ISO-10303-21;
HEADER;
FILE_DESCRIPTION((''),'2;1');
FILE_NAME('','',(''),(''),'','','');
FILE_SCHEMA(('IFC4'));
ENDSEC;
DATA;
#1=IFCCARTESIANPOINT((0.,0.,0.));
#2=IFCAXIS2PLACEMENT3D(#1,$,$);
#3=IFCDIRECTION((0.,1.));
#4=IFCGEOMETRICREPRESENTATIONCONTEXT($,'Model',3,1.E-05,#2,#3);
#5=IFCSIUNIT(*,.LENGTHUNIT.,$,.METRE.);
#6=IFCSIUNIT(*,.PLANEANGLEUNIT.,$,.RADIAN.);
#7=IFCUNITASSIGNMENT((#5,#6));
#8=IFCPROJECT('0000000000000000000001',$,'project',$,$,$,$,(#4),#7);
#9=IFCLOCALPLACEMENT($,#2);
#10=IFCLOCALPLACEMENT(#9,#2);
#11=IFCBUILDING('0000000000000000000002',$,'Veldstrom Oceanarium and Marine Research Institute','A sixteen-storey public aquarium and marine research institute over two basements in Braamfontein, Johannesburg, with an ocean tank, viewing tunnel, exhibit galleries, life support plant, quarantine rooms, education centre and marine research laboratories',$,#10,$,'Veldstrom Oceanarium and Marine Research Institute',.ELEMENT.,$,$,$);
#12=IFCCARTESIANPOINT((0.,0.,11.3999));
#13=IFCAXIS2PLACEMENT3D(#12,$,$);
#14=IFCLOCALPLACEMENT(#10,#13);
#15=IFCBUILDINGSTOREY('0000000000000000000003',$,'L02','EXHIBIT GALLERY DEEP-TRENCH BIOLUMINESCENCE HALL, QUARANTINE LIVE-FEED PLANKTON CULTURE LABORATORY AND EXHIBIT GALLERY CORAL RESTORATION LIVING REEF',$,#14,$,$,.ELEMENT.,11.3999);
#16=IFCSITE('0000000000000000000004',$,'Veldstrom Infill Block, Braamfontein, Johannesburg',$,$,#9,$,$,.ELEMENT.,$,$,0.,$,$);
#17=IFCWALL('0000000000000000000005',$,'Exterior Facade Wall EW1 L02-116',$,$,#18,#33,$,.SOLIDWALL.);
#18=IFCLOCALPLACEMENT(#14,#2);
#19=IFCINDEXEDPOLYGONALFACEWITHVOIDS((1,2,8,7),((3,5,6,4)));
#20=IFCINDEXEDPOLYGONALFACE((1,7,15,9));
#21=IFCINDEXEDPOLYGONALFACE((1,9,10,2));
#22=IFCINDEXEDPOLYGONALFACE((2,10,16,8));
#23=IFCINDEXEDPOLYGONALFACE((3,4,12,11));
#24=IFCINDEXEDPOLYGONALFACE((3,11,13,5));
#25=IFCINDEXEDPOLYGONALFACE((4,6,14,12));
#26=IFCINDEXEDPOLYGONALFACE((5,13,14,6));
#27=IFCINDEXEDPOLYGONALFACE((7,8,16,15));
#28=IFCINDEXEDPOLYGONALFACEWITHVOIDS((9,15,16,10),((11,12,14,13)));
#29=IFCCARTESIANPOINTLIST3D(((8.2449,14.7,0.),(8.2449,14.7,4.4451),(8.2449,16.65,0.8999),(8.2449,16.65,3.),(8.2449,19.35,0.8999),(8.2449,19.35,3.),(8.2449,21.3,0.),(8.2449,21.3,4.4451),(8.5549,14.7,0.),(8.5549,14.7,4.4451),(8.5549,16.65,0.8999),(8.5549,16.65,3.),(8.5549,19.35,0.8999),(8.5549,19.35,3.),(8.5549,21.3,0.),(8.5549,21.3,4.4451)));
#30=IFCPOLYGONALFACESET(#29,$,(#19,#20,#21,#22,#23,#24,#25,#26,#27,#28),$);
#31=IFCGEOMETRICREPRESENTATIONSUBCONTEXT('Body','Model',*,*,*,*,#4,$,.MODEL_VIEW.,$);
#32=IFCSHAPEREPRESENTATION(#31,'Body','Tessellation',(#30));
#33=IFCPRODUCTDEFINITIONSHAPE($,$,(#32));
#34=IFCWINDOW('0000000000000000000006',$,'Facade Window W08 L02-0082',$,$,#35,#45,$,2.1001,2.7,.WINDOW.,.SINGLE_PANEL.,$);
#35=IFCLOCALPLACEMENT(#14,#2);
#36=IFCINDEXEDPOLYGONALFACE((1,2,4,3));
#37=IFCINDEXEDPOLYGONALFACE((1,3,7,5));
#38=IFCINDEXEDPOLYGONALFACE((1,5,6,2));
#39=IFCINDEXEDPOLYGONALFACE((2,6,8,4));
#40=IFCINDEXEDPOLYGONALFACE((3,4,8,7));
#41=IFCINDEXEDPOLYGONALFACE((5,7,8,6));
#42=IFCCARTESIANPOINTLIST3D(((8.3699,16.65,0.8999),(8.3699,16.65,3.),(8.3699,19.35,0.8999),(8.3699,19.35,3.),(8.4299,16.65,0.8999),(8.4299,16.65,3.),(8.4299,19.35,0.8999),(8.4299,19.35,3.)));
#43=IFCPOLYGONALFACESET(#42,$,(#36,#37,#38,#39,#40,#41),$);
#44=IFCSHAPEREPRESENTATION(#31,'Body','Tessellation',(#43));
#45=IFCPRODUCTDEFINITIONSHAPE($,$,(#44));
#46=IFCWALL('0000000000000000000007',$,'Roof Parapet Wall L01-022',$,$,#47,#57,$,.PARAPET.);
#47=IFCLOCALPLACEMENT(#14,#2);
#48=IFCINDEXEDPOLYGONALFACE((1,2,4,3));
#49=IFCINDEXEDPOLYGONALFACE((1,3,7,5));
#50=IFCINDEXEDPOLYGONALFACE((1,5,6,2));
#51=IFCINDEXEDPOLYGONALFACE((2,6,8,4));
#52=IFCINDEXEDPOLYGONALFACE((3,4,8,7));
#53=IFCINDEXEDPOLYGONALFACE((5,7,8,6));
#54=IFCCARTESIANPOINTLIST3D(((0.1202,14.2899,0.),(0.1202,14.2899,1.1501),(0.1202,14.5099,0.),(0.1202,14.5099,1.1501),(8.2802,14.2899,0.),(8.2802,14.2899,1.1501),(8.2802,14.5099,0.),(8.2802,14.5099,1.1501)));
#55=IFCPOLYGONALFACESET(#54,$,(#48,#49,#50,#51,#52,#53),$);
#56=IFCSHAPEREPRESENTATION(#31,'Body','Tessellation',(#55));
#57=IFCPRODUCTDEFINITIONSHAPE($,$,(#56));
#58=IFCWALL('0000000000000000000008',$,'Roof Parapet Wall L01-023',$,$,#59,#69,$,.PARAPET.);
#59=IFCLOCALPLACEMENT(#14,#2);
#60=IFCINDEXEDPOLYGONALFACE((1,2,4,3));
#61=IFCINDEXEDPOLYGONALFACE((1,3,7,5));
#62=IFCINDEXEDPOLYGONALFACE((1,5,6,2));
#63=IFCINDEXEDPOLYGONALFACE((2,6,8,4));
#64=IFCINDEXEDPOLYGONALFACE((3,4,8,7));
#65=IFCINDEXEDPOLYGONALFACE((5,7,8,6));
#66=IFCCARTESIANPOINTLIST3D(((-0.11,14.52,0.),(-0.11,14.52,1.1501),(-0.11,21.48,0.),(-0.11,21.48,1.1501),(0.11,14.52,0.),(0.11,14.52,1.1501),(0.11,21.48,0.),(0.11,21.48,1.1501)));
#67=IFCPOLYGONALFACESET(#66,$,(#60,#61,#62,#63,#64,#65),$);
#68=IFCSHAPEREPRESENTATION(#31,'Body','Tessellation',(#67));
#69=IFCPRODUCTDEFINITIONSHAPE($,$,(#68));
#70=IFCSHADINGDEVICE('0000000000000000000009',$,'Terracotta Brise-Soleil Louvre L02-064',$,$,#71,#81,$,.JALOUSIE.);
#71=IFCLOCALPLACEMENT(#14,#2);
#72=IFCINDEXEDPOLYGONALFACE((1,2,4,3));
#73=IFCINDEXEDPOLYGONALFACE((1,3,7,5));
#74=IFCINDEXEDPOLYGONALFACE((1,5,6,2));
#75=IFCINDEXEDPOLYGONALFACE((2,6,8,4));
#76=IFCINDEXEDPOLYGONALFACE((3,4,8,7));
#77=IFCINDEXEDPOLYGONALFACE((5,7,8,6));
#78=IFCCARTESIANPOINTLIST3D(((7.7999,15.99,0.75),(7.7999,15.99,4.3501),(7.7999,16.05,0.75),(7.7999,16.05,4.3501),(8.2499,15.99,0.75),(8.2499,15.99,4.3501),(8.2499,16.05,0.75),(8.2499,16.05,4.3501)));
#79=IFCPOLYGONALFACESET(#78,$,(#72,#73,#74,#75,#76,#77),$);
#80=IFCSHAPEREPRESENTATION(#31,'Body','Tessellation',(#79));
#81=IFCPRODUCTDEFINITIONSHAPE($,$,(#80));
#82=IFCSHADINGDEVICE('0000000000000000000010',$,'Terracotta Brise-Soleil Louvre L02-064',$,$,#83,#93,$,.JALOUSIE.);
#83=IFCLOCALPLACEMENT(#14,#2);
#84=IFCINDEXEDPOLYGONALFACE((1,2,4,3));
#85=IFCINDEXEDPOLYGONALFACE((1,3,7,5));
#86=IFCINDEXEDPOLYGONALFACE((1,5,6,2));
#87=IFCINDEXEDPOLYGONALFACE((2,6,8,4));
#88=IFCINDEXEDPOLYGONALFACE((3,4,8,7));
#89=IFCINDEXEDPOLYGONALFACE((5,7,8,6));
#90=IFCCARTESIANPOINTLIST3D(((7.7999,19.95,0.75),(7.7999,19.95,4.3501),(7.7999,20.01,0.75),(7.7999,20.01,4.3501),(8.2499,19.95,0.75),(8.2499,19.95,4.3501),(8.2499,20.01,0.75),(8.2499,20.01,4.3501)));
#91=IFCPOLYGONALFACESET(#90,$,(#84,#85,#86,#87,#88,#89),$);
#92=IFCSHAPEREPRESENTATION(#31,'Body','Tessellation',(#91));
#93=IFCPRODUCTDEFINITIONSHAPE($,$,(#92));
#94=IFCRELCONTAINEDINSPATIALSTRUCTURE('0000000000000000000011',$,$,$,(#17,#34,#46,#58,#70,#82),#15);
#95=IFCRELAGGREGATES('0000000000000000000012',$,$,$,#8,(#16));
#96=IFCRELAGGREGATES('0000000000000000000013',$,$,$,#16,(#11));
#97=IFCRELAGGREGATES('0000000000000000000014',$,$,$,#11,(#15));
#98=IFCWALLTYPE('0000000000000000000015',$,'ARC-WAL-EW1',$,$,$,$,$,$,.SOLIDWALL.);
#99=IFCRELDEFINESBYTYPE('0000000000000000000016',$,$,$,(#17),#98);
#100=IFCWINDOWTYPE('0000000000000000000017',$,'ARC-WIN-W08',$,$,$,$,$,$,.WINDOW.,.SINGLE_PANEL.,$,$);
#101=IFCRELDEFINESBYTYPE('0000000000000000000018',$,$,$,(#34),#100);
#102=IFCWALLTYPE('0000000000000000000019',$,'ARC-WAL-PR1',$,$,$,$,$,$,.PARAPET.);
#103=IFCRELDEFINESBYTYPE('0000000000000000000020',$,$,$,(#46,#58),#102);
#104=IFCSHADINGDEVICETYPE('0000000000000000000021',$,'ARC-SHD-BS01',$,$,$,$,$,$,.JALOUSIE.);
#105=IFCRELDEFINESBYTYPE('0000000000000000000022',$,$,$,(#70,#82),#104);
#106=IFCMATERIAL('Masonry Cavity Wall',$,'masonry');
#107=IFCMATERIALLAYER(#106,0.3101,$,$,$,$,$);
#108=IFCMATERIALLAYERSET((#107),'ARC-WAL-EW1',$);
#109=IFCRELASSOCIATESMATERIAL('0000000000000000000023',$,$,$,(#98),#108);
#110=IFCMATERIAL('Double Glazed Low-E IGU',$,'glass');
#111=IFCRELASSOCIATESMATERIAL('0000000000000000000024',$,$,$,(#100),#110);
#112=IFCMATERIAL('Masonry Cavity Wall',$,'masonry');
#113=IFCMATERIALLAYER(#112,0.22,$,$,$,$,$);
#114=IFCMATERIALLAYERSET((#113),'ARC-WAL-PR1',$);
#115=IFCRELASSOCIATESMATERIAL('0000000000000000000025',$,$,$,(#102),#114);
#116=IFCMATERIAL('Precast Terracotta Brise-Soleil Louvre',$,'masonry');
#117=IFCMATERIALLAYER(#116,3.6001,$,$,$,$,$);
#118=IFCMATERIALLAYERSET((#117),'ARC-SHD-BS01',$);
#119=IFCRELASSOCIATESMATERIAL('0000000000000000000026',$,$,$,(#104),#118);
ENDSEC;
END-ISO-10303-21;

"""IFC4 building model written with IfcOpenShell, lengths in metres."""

from ifc_helpers import new_model, si_unit, direction, frame, frame_2d, origin, origin_2d, place, context, subcontext, project, spatial, rectangle, extrude, material, layer, layer_set, type_object, element, fill, save


model = new_model("IFC4")

# Units and contexts
model_context = context("Model", 3, precision=1e-05, world=origin(), true_north=direction((0.0, 1.0)))
body_context = subcontext(model_context, "Body", "Model", "MODEL_VIEW")
ifc_project = project(units=[si_unit("LENGTHUNIT", "METRE"), si_unit("PLANEANGLEUNIT", "RADIAN")], contexts=[model_context])

# Site, building, storey
site_placement = place(None, origin())
site = spatial("IfcSite", under=ifc_project, at=site_placement, Name="Veldstrom Infill Block, Braamfontein, Johannesburg", CompositionType="ELEMENT", RefElevation=0.0)
building_placement = place(site_placement, origin())
building = spatial("IfcBuilding", under=site, at=building_placement, Name="Veldstrom Oceanarium and Marine Research Institute", Description="A sixteen-storey public aquarium and marine research institute over two basements in Braamfontein, Johannesburg, with an ocean tank, viewing tunnel, exhibit galleries, life support plant, quarantine rooms, education centre and marine research laboratories", LongName="Veldstrom Oceanarium and Marine Research Institute", CompositionType="ELEMENT")
storey_placement = place(building_placement, frame((0.0, 0.0, 11.3999)))
storey = spatial("IfcBuildingStorey", under=building, at=storey_placement, Name="L02", Description="EXHIBIT GALLERY DEEP-TRENCH BIOLUMINESCENCE HALL, QUARANTINE LIVE-FEED PLANKTON CULTURE LABORATORY AND EXHIBIT GALLERY CORAL RESTORATION LIVING REEF", CompositionType="ELEMENT", Elevation=11.3999)

# Wall, opening, window
ifc_material_1 = material(Name="Masonry Cavity Wall", Category="masonry")
ifc_layer_1 = layer(ifc_material_1, 0.3101)
ifc_layer_set_1 = layer_set([ifc_layer_1], Name="ARC-WAL-EW1")
wall_type_1 = type_object("IfcWallType", Name="ARC-WAL-EW1", PredefinedType="SOLIDWALL", material=ifc_layer_set_1)
wall_1_placement = place(storey_placement, frame((8.3999, 14.7, 0.0), z_axis=(0.0, 0.0, 1.0), x_axis=(0.0, 1.0, 0.0)))
wall_1 = element("IfcWall", 1, at=wall_1_placement, inside=storey, type_object=wall_type_1, Name="Exterior Facade Wall EW1 L02-116", PredefinedType="SOLIDWALL", context=body_context, shape_type="SweptSolid", body=[
    extrude(rectangle(XDim=6.6001, YDim=0.3101, at=frame_2d((3.3, 0.0))), origin(), (0.0, 0.0, 1.0), 4.4451),
])
opening_placement = place(wall_1_placement, frame((1.95, 0.0, 0.8999)))
opening = element("IfcOpeningElement", 2, at=opening_placement, cuts=wall_1, PredefinedType="OPENING", context=body_context, shape_type="SweptSolid", body=[
    extrude(rectangle(XDim=2.7, YDim=2.1001, at=frame_2d((1.3501, 1.05))), frame((0.0, 0.165, 0.0), z_axis=(0.0, -1.0, 0.0), x_axis=(1.0, 0.0, 0.0)), (0.0, 0.0, 1.0), 0.3301),
])
ifc_material_2 = material(Name="Double Glazed Low-E IGU", Category="glass")
window_type = type_object("IfcWindowType", Name="ARC-WIN-W08", PartitioningType="SINGLE_PANEL", PredefinedType="WINDOW", material=ifc_material_2)
window_placement = place(opening_placement, origin())
window = element("IfcWindow", 3, at=window_placement, inside=storey, type_object=window_type, Name="Facade Window W08 L02-0082", OverallHeight=2.1001, OverallWidth=2.7, PartitioningType="SINGLE_PANEL", PredefinedType="WINDOW", context=body_context, shape_type="SweptSolid", body=[
    extrude(rectangle(XDim=2.7, YDim=2.1001, at=frame_2d((1.3501, 1.05))), frame((0.0, 0.03, 0.0), z_axis=(0.0, -1.0, 0.0), x_axis=(1.0, 0.0, 0.0)), (0.0, 0.0, 1.0), 0.0601),
])
fill(opening, window)

# Walls
ifc_material_3 = material(Name="Masonry Cavity Wall", Category="masonry")
ifc_layer_2 = layer(ifc_material_3, 0.22)
ifc_layer_set_2 = layer_set([ifc_layer_2], Name="ARC-WAL-PR1")
wall_type_2 = type_object("IfcWallType", Name="ARC-WAL-PR1", PredefinedType="PARAPET", material=ifc_layer_set_2)
wall_2_placement = place(storey_placement, frame((0.1201, 14.3999, 0.0), z_axis=(0.0, 0.0, 1.0), x_axis=(1.0, 0.0, 0.0)))
element("IfcWall", 4, at=wall_2_placement, inside=storey, type_object=wall_type_2, Name="Roof Parapet Wall L01-022", PredefinedType="PARAPET", context=body_context, shape_type="SweptSolid", body=[
    extrude(rectangle(XDim=8.1599, YDim=0.22, at=frame_2d((4.0801, 0.0))), origin(), (0.0, 0.0, 1.0), 1.1501),
])
wall_3_placement = place(storey_placement, frame((0.0, 14.52, 0.0), z_axis=(0.0, 0.0, 1.0), x_axis=(0.0, 1.0, 0.0)))
element("IfcWall", 5, at=wall_3_placement, inside=storey, type_object=wall_type_2, Name="Roof Parapet Wall L01-023", PredefinedType="PARAPET", context=body_context, shape_type="SweptSolid", body=[
    extrude(rectangle(XDim=6.96, YDim=0.22, at=frame_2d((3.48, 0.0))), origin(), (0.0, 0.0, 1.0), 1.1501),
])

# Shading devices
ifc_material_4 = material(Name="Precast Terracotta Brise-Soleil Louvre", Category="masonry")
ifc_layer_3 = layer(ifc_material_4, 3.6001)
ifc_layer_set_3 = layer_set([ifc_layer_3], Name="ARC-SHD-BS01")
shading_device_type = type_object("IfcShadingDeviceType", Name="ARC-SHD-BS01", PredefinedType="JALOUSIE", material=ifc_layer_set_3)
for number, where, z_axis, x_axis, name in (
    (6, (8.0249, 16.02, 0.75), (0.0, 0.0, 1.0), (1.0, 0.0, 0.0), "Terracotta Brise-Soleil Louvre L02-064"),
    (7, (8.0249, 19.98, 0.75), (0.0, 0.0, 1.0), (1.0, 0.0, 0.0), "Terracotta Brise-Soleil Louvre L02-064"),
):
    element("IfcShadingDevice", number, at=place(storey_placement, frame(where, z_axis=z_axis, x_axis=x_axis)), inside=storey, type_object=shading_device_type, Name=name, PredefinedType="JALOUSIE", context=body_context, shape_type="SweptSolid", body=[
        extrude(rectangle(XDim=0.45, YDim=0.0601, at=origin_2d()), origin(), (0.0, 0.0, 1.0), 3.6001),
    ])

save(model, "model.ifc")
